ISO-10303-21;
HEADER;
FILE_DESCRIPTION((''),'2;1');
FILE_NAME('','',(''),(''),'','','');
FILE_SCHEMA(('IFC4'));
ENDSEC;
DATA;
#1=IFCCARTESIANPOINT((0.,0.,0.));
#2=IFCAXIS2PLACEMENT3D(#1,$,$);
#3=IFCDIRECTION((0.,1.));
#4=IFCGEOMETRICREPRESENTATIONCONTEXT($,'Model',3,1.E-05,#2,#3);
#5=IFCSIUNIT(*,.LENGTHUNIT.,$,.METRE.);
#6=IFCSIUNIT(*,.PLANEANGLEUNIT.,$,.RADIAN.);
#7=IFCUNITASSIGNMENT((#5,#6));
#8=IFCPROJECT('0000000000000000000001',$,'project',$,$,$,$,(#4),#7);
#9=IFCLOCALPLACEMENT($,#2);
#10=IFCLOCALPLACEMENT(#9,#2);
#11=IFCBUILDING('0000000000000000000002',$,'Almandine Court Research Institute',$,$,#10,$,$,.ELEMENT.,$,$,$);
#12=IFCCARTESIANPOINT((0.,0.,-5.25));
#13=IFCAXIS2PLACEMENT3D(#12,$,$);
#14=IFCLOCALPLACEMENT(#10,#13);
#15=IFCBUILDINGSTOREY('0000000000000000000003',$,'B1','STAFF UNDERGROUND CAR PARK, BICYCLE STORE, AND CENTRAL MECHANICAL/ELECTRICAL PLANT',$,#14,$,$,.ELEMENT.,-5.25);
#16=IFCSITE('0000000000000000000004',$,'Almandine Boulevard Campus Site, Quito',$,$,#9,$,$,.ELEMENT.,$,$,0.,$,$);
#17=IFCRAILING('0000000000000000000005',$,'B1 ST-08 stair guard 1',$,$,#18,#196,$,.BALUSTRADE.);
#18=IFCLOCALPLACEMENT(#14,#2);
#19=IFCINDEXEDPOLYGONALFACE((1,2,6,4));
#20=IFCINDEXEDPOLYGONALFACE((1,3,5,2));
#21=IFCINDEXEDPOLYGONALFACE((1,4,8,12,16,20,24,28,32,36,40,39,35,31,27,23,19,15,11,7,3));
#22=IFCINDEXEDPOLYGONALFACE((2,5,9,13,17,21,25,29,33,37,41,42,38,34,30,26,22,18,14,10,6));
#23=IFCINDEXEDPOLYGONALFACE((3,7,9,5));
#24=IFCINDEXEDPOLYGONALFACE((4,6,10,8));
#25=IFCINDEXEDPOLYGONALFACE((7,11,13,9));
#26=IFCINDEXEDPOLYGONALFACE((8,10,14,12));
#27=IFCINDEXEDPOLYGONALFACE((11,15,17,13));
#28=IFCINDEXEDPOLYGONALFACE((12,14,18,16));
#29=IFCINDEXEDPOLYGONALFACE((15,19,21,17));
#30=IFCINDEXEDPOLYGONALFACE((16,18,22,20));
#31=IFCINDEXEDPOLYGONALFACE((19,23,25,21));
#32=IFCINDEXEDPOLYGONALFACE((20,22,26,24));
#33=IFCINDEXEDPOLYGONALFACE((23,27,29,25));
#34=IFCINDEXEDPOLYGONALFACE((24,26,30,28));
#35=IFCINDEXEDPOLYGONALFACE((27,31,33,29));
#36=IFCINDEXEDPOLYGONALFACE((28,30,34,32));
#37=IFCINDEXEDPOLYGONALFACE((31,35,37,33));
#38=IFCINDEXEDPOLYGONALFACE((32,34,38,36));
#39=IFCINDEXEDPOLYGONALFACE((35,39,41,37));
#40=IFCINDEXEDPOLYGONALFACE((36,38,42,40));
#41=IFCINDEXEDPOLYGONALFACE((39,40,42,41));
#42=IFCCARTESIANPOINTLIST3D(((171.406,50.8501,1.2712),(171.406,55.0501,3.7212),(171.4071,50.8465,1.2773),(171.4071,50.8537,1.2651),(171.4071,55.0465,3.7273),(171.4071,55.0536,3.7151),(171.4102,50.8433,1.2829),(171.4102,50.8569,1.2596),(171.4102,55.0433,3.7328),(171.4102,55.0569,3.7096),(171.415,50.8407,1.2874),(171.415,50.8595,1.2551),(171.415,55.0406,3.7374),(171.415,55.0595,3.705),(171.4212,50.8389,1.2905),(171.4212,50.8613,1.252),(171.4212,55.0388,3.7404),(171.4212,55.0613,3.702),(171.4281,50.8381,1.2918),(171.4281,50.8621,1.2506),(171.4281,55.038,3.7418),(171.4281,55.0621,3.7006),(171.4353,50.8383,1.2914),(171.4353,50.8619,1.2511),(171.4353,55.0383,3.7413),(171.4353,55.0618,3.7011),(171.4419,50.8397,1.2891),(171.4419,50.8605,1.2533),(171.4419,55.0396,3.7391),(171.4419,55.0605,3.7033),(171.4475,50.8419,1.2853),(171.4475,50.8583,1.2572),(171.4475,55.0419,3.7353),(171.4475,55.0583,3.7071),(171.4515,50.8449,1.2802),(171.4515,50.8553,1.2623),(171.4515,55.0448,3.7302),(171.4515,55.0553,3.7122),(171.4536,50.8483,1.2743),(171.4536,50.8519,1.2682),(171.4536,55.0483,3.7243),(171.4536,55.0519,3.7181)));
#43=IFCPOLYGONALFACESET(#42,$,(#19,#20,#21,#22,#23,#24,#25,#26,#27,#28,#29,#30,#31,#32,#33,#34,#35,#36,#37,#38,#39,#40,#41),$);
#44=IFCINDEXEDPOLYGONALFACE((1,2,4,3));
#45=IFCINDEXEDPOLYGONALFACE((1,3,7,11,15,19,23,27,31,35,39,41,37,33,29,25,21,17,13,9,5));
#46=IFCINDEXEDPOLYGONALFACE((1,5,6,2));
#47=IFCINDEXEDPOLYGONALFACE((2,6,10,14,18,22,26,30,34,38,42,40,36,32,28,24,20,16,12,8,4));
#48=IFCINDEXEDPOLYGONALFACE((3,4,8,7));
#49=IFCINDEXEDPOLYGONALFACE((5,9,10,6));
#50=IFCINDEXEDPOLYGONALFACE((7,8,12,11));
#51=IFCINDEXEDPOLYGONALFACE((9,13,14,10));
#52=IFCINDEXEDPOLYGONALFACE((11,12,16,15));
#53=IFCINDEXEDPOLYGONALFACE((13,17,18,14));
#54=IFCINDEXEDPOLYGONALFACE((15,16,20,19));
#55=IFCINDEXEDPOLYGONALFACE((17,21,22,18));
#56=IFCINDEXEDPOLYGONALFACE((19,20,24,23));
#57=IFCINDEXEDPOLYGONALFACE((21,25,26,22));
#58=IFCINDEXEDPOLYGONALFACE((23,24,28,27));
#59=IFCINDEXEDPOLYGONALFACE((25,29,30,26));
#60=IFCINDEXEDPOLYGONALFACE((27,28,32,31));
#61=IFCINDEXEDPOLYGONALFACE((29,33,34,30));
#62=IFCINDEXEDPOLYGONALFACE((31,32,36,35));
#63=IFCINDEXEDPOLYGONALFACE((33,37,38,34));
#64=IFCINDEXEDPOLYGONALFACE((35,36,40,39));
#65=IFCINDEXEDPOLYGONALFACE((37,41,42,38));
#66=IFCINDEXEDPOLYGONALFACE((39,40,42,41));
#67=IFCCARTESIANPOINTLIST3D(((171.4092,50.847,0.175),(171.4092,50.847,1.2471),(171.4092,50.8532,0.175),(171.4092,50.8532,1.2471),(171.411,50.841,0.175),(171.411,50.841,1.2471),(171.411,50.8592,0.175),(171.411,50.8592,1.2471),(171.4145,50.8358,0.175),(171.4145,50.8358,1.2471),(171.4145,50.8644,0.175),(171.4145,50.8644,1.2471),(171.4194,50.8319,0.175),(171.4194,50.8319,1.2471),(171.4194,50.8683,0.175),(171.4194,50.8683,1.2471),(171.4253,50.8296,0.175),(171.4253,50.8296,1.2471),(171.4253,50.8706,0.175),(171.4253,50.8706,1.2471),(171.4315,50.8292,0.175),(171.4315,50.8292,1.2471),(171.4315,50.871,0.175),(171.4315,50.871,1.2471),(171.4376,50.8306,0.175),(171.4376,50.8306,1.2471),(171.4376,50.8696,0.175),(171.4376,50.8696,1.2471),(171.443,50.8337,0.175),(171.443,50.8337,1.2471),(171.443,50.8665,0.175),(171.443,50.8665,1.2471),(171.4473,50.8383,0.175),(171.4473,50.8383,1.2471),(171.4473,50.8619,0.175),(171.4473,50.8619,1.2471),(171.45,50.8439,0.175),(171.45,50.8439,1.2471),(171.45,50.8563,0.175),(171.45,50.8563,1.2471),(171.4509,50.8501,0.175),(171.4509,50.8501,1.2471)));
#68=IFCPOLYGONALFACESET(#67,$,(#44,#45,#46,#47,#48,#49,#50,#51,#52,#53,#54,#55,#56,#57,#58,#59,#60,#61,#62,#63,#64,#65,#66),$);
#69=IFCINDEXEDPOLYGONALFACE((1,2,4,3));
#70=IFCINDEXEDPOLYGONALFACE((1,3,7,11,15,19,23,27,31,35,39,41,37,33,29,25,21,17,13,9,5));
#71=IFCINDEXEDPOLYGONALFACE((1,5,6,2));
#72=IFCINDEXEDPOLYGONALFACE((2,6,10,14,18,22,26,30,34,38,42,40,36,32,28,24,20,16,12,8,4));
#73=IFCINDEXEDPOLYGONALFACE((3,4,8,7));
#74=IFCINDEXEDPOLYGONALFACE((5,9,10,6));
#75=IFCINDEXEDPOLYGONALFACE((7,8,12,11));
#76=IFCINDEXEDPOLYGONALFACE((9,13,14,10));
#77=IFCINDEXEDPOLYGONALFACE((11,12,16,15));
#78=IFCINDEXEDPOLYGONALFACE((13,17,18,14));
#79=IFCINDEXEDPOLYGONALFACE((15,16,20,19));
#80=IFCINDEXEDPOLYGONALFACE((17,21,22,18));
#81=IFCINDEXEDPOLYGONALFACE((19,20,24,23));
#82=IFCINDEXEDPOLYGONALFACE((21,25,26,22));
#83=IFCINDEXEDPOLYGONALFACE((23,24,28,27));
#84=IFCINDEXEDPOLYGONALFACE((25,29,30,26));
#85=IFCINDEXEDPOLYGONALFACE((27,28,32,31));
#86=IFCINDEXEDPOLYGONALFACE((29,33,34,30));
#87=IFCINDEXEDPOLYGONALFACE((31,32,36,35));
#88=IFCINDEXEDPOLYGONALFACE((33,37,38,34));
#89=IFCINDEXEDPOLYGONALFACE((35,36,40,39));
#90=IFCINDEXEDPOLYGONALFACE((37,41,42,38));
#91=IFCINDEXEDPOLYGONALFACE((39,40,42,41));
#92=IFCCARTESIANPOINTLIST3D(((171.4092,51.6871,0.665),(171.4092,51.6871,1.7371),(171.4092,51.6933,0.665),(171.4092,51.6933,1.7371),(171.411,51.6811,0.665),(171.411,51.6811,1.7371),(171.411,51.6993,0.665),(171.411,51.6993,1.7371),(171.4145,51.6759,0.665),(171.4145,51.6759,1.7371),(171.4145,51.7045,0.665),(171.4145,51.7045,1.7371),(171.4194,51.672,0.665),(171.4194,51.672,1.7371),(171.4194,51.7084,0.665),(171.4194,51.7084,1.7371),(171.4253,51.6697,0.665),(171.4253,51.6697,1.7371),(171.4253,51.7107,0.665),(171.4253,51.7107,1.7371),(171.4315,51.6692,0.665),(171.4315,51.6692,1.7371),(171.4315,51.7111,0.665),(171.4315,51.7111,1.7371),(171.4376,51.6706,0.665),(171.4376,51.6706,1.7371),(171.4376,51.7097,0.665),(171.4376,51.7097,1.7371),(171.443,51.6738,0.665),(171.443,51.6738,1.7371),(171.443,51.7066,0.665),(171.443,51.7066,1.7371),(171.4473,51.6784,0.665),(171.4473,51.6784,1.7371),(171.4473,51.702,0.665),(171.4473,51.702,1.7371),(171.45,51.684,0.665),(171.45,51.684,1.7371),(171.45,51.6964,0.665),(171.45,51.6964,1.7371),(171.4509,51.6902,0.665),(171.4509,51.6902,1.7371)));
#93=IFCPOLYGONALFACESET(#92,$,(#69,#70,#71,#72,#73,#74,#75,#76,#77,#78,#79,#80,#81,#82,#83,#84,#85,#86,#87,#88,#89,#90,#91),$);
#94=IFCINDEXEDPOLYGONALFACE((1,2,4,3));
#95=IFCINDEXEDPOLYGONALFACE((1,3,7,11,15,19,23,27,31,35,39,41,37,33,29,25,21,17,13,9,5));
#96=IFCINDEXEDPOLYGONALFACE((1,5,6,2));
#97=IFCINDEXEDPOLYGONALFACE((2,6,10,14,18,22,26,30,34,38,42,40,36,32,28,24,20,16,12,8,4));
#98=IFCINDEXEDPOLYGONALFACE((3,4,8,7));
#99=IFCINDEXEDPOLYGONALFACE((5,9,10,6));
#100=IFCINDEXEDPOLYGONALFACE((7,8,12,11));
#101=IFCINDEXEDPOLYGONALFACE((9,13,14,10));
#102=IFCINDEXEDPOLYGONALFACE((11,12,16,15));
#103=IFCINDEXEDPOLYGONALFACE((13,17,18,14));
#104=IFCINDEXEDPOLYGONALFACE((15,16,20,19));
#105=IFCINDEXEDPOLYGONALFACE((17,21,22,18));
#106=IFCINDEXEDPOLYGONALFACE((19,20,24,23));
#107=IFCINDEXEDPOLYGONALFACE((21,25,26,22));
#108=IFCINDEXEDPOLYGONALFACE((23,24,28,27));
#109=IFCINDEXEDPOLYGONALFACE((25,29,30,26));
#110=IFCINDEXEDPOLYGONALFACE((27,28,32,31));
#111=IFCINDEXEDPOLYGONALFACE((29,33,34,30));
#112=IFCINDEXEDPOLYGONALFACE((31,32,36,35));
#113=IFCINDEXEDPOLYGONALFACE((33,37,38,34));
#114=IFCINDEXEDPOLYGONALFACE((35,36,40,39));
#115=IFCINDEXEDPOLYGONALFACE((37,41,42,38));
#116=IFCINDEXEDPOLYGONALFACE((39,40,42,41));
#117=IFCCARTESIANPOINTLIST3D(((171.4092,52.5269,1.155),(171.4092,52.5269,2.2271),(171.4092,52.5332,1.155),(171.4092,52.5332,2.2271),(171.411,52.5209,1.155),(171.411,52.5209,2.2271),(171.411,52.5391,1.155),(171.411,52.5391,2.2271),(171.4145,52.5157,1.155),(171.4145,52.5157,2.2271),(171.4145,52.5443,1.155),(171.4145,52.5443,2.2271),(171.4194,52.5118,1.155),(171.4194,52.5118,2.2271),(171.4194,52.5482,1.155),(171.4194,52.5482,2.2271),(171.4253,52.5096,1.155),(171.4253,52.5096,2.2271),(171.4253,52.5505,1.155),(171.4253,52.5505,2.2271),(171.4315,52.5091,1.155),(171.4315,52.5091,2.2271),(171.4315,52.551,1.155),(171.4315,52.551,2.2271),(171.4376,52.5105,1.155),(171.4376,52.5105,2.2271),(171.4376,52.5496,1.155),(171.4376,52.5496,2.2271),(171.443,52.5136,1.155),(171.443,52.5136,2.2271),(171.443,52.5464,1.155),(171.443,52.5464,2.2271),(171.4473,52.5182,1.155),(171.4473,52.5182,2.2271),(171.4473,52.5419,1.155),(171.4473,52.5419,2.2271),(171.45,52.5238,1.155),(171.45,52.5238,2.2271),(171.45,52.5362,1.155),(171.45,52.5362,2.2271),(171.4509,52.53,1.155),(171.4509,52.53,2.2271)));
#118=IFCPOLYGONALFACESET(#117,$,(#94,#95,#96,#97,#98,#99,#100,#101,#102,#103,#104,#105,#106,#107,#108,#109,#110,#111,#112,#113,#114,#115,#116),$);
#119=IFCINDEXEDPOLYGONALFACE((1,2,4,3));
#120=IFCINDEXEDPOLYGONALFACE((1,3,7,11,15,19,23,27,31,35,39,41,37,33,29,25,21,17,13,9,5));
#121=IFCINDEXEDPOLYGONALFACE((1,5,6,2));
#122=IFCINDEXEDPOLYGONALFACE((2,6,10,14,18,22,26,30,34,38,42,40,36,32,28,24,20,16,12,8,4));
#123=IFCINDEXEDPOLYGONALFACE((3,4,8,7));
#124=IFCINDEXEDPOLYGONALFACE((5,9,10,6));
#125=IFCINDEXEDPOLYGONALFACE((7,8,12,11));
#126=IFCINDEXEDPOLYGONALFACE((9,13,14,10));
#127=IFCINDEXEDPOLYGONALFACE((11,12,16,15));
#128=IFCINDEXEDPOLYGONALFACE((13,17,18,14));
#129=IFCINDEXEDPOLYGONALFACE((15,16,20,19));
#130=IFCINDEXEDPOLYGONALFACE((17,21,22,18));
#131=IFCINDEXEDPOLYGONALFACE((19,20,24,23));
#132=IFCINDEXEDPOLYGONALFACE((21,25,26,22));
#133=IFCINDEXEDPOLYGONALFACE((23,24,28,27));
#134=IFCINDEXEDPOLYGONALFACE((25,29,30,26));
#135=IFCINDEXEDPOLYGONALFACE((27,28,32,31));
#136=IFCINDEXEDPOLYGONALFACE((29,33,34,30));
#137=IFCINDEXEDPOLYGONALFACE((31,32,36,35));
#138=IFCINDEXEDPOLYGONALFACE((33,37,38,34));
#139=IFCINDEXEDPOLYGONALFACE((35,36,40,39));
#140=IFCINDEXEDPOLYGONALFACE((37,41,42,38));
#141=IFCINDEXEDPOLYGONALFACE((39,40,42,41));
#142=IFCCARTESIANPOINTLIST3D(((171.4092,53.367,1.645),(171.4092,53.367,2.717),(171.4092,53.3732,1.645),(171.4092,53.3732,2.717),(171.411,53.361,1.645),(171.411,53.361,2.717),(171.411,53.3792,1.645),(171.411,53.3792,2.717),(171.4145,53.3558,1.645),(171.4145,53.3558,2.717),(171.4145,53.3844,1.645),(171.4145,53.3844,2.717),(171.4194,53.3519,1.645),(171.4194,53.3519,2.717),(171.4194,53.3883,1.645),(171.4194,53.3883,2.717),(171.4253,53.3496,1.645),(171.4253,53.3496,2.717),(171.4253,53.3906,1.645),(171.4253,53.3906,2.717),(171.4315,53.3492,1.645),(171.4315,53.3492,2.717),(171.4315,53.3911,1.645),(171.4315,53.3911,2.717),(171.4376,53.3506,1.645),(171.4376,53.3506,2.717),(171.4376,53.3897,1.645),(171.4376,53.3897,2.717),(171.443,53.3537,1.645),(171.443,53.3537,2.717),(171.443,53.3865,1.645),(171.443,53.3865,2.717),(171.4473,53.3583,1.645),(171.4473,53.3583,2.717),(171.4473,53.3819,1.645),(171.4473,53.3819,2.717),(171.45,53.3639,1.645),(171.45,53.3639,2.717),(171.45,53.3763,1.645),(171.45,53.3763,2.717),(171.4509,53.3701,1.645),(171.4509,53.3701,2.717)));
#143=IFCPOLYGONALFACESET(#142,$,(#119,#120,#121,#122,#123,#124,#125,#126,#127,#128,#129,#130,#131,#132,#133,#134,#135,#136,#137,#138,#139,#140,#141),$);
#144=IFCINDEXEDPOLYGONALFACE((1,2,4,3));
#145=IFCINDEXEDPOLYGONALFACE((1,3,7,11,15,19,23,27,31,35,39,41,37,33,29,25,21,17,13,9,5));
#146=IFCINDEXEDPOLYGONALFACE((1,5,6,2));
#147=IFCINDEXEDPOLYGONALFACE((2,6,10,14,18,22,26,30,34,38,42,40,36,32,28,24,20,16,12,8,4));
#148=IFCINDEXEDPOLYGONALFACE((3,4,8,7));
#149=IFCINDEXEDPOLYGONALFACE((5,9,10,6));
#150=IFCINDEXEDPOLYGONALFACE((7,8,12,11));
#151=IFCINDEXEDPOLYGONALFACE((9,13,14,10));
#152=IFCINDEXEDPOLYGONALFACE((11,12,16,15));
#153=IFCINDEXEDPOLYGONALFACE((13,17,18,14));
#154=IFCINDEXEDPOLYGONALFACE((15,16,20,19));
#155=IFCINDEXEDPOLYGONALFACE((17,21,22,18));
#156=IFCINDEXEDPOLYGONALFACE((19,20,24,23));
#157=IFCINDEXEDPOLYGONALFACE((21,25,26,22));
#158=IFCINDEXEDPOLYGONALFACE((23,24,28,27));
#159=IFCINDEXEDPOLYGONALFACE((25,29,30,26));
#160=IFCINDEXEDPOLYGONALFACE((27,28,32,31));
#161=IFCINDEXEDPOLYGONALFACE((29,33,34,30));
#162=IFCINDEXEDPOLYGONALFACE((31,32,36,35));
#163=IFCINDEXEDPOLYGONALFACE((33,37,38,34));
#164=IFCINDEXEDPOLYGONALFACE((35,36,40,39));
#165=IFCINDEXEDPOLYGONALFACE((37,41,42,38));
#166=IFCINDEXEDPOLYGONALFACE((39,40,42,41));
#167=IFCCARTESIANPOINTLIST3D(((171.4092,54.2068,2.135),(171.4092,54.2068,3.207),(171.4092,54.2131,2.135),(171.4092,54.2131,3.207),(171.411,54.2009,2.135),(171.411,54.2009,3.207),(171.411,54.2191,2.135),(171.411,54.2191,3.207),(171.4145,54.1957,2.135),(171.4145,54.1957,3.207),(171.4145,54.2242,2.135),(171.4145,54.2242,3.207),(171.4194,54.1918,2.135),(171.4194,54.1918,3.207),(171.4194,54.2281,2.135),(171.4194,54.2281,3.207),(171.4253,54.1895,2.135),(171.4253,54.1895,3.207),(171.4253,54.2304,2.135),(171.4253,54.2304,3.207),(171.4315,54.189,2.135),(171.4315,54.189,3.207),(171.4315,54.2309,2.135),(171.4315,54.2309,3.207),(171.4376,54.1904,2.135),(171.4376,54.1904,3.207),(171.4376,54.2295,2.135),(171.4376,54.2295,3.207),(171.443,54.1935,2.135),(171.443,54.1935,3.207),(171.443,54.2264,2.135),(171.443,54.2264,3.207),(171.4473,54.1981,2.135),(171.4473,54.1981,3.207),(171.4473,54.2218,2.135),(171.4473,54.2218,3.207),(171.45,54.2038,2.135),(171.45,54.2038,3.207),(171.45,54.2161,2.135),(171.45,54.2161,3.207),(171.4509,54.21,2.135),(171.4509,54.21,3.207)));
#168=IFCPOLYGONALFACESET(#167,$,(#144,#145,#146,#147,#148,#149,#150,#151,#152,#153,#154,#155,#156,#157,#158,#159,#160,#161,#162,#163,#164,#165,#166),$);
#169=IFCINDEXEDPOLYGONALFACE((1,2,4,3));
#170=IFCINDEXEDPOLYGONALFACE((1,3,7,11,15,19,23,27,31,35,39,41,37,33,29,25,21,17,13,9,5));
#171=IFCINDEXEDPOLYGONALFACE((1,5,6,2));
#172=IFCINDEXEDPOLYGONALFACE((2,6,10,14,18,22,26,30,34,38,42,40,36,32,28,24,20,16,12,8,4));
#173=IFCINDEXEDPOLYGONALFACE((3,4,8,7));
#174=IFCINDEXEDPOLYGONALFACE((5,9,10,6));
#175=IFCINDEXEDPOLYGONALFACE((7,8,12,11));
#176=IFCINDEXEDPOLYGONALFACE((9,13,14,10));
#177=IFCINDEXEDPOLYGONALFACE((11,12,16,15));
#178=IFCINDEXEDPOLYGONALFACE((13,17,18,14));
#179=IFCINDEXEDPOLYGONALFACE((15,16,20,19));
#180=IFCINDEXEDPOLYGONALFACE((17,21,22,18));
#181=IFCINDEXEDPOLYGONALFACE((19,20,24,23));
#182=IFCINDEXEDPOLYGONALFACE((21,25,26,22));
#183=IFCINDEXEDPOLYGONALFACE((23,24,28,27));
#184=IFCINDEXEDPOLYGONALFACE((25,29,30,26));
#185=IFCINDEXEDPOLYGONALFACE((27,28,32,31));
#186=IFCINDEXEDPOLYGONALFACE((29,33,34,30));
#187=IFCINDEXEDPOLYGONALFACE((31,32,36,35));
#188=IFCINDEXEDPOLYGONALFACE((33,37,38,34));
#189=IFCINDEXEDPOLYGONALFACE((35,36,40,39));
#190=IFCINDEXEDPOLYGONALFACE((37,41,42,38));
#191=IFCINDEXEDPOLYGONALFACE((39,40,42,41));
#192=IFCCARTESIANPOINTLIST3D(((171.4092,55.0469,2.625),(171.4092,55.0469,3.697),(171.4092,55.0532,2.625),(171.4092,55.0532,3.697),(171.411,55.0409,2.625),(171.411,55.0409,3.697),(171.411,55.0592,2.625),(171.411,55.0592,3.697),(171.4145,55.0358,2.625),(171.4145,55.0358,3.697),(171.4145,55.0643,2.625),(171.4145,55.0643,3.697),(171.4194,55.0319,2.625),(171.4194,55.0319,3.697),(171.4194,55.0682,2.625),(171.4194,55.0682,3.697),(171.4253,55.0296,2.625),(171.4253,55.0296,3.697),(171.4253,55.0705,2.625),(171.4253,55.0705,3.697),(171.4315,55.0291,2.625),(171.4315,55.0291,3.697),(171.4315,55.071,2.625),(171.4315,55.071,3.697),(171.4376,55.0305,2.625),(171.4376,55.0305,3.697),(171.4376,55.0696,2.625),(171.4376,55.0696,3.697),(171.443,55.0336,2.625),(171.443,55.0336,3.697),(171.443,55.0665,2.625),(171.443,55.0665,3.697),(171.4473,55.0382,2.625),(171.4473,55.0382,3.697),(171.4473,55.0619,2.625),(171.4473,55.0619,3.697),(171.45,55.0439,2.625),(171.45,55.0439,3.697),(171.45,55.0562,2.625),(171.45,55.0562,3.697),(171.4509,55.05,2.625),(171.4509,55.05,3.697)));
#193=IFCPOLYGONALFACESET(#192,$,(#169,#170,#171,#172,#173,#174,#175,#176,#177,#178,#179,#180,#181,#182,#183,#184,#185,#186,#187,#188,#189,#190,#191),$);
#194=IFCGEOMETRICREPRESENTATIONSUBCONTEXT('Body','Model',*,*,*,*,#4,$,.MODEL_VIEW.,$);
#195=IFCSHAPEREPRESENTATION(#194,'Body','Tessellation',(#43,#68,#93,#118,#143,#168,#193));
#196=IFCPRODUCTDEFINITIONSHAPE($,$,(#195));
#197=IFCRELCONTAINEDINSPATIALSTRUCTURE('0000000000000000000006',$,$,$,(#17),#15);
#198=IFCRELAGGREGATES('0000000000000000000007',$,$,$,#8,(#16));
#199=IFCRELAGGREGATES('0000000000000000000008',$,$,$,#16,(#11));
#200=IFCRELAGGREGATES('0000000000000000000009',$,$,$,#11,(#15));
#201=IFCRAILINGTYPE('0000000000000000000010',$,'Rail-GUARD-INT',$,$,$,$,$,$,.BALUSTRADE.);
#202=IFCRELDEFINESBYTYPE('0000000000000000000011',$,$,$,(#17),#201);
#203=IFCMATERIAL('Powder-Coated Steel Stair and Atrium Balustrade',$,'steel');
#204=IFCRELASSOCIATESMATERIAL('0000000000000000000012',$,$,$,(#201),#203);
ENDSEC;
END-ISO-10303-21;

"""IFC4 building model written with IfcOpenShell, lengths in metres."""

from ifc_helpers import new_model, si_unit, direction, frame, origin, origin_2d, place, context, subcontext, project, spatial, circle, extrude, material, type_object, element, save


model = new_model("IFC4")

# Units and contexts
model_context = context("Model", 3, precision=1e-05, world=origin(), true_north=direction((0.0, 1.0)))
body_context = subcontext(model_context, "Body", "Model", "MODEL_VIEW")
ifc_project = project(units=[si_unit("LENGTHUNIT", "METRE"), si_unit("PLANEANGLEUNIT", "RADIAN")], contexts=[model_context])

# Site, building, storey
site_placement = place(None, origin())
site = spatial("IfcSite", under=ifc_project, at=site_placement, Name="Almandine Boulevard Campus Site, Quito", CompositionType="ELEMENT", RefElevation=0.0)
building_placement = place(site_placement, origin())
building = spatial("IfcBuilding", under=site, at=building_placement, Name="Almandine Court Research Institute", CompositionType="ELEMENT")
storey_placement = place(building_placement, frame((0.0, 0.0, -5.25)))
storey = spatial("IfcBuildingStorey", under=building, at=storey_placement, Name="B1", Description="STAFF UNDERGROUND CAR PARK, BICYCLE STORE, AND CENTRAL MECHANICAL/ELECTRICAL PLANT", CompositionType="ELEMENT", Elevation=-5.25)

# Railing
ifc_material_1 = material(Name="Powder-Coated Steel Stair and Atrium Balustrade", Category="steel")
railing_type_1 = type_object("IfcRailingType", Name="Rail-GUARD-INT", PredefinedType="BALUSTRADE", material=ifc_material_1)
railing_1_placement = place(storey_placement, frame((171.4299, 50.8501, 0.175)))
element("IfcRailing", 1, at=railing_1_placement, inside=storey, type_object=railing_type_1, Name="B1 ST-08 stair guard 1", PredefinedType="BALUSTRADE", context=body_context, shape_type="SweptSolid", body=[
    extrude(circle(Radius=0.0239, at=origin_2d()), frame((0.0, 0.0, 1.0962), z_axis=(0.0, 0.863781, 0.503868), x_axis=(-1.0, 0.0, 0.0)), (0.0, 0.0, 1.0), 4.8623),
    extrude(circle(Radius=0.021, at=origin_2d()), origin(), (0.0, 0.0, 1.0), 1.072),
    extrude(circle(Radius=0.021, at=origin_2d()), frame((0.0, 0.8401, 0.49)), (0.0, 0.0, 1.0), 1.072),
    extrude(circle(Radius=0.021, at=origin_2d()), frame((0.0, 1.6799, 0.98)), (0.0, 0.0, 1.0), 1.072),
    extrude(circle(Radius=0.021, at=origin_2d()), frame((0.0, 2.52, 1.47)), (0.0, 0.0, 1.0), 1.072),
    extrude(circle(Radius=0.021, at=origin_2d()), frame((0.0, 3.3599, 1.96)), (0.0, 0.0, 1.0), 1.072),
    extrude(circle(Radius=0.021, at=origin_2d()), frame((0.0, 4.2, 2.45)), (0.0, 0.0, 1.0), 1.072),
])

save(model, "model.ifc")
